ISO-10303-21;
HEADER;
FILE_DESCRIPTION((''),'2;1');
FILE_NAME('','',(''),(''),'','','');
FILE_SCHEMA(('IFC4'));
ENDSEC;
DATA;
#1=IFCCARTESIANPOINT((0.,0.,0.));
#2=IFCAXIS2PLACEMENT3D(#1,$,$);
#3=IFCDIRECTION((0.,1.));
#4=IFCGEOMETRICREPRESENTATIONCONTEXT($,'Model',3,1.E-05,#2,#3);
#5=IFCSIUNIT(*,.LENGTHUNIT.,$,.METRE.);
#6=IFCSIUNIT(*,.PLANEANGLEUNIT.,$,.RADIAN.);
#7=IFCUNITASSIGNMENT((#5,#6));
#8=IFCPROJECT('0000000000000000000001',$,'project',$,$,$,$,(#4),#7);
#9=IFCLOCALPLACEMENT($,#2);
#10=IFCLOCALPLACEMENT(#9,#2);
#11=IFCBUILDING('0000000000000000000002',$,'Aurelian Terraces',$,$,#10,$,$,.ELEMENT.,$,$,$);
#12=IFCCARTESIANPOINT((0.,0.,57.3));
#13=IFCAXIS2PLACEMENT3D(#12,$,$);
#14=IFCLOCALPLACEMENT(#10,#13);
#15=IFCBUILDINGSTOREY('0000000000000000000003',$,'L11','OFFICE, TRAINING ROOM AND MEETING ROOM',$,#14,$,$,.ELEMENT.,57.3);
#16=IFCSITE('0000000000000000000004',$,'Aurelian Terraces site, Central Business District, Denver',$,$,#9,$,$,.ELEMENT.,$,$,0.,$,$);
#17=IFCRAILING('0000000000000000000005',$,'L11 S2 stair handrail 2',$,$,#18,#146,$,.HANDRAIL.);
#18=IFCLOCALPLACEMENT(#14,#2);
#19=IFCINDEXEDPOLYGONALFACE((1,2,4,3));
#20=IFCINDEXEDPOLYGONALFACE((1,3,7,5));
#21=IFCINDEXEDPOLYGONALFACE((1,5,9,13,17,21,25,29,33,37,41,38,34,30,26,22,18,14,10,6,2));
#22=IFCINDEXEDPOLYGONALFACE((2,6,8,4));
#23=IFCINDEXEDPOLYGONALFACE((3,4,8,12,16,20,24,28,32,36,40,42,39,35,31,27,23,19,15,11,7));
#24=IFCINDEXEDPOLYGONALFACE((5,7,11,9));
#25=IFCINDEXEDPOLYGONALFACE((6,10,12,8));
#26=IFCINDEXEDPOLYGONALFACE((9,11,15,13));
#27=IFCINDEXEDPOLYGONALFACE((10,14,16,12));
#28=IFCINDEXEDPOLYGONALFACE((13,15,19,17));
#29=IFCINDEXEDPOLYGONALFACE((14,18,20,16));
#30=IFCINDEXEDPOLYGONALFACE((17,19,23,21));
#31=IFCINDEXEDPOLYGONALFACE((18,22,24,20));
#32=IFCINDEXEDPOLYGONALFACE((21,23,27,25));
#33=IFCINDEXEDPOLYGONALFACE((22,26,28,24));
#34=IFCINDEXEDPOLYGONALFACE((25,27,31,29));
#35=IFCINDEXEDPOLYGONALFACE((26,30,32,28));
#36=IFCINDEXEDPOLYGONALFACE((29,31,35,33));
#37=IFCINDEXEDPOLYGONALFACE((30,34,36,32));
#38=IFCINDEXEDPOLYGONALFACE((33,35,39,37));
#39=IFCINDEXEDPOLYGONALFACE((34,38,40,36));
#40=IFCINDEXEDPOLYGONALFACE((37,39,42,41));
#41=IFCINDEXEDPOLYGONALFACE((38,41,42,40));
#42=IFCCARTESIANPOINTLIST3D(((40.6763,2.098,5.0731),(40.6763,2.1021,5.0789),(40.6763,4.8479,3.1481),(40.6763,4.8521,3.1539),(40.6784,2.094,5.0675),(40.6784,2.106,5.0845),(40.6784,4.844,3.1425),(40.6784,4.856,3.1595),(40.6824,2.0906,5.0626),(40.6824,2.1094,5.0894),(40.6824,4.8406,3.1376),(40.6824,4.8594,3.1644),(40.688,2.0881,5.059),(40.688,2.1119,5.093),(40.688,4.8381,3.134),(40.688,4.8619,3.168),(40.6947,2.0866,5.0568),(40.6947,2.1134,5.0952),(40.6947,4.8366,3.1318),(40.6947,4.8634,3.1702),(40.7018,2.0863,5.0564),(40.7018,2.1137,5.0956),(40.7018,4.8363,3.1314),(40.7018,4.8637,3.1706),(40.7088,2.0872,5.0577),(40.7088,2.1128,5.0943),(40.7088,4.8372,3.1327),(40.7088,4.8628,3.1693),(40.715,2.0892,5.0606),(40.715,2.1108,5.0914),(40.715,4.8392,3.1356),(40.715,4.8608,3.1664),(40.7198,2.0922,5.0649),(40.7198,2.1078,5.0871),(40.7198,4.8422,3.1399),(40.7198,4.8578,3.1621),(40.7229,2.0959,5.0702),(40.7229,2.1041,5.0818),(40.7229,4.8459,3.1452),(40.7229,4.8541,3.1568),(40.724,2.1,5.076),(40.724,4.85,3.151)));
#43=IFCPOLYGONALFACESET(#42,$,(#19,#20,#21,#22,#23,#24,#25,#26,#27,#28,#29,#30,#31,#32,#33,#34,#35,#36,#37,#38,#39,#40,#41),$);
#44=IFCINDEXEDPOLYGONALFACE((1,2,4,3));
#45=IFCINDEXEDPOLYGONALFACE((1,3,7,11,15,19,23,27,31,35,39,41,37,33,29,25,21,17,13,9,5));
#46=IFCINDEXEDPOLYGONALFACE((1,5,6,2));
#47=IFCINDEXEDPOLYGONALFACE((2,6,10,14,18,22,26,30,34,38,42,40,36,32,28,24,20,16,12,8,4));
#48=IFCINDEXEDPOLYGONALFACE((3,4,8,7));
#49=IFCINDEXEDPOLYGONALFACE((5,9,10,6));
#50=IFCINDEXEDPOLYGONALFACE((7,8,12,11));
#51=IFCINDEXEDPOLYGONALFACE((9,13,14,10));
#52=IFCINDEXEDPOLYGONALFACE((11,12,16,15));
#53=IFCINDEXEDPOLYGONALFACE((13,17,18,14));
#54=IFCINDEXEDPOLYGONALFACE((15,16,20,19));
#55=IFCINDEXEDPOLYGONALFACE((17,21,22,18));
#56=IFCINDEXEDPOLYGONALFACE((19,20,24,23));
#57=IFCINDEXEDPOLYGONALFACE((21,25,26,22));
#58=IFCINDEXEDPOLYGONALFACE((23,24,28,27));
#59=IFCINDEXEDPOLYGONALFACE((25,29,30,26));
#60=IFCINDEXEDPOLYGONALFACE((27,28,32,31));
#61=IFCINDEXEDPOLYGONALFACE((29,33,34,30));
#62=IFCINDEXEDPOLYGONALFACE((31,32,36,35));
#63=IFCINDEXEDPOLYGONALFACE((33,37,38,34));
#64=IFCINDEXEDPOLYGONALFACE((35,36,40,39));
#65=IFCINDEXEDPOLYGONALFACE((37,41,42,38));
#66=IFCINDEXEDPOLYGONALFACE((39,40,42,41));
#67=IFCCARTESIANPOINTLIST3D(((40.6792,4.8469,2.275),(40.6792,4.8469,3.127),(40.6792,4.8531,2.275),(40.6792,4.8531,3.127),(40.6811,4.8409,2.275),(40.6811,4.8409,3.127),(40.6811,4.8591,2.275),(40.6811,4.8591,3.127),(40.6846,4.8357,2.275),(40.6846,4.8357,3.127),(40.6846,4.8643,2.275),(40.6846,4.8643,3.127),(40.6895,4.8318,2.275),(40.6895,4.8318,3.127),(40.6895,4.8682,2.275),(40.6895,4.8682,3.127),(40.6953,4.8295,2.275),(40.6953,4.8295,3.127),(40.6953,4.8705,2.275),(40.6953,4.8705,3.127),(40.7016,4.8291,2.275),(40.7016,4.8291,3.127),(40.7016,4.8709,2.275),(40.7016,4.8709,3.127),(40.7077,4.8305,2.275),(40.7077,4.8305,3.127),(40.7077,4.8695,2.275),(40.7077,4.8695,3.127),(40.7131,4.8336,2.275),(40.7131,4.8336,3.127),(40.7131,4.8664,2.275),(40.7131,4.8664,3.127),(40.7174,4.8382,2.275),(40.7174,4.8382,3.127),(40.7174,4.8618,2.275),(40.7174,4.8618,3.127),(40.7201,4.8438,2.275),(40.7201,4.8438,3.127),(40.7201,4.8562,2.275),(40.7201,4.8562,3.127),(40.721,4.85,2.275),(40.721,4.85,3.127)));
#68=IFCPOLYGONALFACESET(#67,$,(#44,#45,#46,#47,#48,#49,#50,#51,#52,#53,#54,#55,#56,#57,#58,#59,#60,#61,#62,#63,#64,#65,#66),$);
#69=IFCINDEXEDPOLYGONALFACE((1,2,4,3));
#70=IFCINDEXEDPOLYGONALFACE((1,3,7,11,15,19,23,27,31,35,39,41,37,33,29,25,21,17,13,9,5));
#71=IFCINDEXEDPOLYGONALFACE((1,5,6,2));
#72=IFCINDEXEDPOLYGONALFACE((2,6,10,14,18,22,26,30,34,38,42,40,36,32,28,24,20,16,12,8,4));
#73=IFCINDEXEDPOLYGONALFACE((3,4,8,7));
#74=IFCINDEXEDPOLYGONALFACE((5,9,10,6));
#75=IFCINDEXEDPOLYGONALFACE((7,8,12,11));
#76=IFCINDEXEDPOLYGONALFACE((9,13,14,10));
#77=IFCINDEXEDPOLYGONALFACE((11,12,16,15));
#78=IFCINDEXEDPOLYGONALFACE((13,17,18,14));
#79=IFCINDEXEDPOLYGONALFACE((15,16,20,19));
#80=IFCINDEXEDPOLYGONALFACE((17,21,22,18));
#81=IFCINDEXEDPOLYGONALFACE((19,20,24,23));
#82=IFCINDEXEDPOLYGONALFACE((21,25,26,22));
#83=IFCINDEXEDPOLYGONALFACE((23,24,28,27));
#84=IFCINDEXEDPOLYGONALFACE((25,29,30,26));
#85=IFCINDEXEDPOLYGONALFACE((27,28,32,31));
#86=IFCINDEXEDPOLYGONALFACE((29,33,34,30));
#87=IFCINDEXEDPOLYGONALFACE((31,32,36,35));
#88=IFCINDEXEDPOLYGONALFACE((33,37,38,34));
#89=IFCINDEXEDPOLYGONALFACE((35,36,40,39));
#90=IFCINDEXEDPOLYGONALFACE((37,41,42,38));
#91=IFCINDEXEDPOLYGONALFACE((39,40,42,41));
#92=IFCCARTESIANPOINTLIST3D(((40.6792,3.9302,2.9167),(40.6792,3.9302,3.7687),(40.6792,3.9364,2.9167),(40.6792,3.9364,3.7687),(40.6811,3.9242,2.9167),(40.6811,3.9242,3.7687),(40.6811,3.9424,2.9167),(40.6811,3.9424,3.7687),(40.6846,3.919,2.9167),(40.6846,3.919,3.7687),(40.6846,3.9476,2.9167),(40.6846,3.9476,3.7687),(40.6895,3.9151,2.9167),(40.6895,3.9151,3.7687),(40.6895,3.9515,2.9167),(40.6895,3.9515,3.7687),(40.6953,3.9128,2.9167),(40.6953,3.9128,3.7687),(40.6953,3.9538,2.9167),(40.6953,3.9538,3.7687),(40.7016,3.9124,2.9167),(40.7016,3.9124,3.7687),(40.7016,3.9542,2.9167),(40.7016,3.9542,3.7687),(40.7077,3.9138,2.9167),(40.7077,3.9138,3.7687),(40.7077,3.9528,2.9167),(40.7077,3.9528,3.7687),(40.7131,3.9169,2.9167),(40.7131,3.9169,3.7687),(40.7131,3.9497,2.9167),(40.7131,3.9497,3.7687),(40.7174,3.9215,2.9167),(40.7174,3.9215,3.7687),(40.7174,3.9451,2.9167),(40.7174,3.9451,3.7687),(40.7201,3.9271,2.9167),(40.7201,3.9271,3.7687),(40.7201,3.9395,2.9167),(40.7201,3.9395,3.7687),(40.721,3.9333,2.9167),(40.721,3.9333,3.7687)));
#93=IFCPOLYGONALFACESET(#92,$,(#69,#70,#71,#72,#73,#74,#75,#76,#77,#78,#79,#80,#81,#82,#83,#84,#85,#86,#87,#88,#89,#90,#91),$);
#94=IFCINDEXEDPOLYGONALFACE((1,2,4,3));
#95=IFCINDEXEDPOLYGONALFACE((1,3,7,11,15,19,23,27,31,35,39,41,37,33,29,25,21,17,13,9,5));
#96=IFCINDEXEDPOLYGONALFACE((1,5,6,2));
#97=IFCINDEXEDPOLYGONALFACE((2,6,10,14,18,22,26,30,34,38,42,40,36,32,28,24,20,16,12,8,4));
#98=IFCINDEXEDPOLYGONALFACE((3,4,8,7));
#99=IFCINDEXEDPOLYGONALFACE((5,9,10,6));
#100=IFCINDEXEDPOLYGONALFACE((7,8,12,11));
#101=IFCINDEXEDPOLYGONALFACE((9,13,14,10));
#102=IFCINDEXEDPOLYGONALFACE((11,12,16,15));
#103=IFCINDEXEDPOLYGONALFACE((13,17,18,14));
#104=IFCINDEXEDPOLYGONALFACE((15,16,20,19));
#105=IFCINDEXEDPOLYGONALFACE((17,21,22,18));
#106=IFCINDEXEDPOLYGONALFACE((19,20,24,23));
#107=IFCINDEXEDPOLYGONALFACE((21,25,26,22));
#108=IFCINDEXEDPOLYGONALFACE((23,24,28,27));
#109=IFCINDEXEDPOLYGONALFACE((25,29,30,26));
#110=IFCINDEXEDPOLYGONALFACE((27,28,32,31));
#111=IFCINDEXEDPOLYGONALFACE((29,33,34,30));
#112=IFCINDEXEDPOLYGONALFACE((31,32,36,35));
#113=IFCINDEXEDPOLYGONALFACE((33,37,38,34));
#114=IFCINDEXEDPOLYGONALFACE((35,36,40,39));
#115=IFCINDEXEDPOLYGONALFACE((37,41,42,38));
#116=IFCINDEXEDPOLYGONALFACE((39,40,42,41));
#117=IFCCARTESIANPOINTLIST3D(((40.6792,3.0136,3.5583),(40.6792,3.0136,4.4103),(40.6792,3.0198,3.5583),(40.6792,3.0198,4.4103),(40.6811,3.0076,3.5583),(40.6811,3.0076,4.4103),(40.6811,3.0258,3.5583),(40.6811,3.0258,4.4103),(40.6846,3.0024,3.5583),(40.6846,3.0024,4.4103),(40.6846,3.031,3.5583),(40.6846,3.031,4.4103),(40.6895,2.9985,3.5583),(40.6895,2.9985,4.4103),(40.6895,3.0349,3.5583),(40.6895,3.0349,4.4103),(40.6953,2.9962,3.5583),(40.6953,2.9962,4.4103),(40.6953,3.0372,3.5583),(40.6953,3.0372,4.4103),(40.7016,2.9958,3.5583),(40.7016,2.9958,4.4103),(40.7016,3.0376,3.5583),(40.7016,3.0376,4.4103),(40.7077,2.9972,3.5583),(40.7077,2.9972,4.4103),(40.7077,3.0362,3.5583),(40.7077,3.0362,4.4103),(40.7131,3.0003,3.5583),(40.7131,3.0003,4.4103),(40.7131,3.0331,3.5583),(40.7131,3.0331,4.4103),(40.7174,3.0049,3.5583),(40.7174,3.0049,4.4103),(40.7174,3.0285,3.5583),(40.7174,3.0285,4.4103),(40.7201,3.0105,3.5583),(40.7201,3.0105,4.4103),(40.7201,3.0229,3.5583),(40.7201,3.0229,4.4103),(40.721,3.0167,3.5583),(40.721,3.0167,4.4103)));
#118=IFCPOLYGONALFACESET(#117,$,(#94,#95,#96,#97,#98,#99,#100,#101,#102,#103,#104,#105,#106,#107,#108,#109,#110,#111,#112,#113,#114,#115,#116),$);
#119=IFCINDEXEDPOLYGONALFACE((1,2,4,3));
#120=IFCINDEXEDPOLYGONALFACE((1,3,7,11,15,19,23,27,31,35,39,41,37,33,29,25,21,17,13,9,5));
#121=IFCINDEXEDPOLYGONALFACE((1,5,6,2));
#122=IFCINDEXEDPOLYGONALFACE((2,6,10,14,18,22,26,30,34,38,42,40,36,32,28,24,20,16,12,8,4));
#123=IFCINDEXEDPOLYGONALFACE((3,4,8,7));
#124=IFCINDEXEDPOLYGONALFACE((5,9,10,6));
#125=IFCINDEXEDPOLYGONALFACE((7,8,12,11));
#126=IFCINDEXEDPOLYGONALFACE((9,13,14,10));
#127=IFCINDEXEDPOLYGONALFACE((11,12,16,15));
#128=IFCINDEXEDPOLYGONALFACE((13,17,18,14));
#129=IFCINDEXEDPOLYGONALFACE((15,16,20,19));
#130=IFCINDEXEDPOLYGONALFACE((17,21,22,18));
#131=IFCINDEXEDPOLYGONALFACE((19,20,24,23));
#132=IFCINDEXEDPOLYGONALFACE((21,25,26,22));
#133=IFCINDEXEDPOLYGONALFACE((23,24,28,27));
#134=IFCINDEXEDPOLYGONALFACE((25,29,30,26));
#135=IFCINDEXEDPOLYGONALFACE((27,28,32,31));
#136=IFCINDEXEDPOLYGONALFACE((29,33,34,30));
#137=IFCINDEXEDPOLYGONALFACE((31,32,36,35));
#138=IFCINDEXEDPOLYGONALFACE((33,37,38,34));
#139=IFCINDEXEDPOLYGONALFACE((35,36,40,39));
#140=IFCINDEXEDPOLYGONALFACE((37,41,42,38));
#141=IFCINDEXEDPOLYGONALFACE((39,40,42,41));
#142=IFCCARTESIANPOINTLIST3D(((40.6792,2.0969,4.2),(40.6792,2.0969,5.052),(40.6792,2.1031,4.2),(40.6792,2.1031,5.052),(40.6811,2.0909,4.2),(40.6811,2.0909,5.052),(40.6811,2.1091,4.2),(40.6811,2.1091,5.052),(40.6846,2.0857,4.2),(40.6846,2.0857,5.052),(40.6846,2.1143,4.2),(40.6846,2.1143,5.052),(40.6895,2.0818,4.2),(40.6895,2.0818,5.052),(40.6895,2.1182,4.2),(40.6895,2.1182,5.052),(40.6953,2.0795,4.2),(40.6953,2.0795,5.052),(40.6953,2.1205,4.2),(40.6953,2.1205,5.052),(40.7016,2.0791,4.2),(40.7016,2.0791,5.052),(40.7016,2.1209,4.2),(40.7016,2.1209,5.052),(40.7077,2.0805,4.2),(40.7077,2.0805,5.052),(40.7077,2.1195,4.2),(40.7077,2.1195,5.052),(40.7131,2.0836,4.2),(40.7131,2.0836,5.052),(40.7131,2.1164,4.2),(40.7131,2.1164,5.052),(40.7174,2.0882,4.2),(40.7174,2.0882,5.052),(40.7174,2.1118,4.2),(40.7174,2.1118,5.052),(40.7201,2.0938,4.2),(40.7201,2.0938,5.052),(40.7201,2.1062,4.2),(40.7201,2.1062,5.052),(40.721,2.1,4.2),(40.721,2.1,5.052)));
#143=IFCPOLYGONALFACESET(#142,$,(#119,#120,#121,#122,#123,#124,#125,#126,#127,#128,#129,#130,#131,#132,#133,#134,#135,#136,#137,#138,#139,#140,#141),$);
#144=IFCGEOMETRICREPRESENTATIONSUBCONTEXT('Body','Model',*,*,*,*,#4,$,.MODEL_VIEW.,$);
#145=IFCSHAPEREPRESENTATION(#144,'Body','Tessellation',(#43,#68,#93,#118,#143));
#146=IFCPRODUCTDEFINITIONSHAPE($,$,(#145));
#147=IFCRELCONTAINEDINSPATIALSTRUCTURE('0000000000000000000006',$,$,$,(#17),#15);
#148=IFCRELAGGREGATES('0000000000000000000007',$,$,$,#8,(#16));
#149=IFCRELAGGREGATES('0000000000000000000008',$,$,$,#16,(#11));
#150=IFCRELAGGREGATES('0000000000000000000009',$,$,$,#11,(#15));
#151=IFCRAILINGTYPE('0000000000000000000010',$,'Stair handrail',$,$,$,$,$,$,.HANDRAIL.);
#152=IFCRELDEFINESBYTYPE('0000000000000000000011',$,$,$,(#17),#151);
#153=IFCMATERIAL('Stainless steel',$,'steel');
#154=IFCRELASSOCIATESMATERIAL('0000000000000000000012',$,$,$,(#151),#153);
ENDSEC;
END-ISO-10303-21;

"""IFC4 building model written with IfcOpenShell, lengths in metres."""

from ifc_helpers import new_model, si_unit, direction, frame, origin, origin_2d, place, context, subcontext, project, spatial, circle, extrude, source, transform, mapped, material, type_object, element, save


model = new_model("IFC4")

# Units and contexts
model_context = context("Model", 3, precision=1e-05, world=origin(), true_north=direction((0.0, 1.0)))
body_context = subcontext(model_context, "Body", "Model", "MODEL_VIEW")
ifc_project = project(units=[si_unit("LENGTHUNIT", "METRE"), si_unit("PLANEANGLEUNIT", "RADIAN")], contexts=[model_context])

# Site, building, storey
site_placement = place(None, origin())
site = spatial("IfcSite", under=ifc_project, at=site_placement, Name="Aurelian Terraces site, Central Business District, Denver", CompositionType="ELEMENT", RefElevation=0.0)
building_placement = place(site_placement, origin())
building = spatial("IfcBuilding", under=site, at=building_placement, Name="Aurelian Terraces", CompositionType="ELEMENT")
storey_placement = place(building_placement, frame((0.0, 0.0, 57.3)))
storey = spatial("IfcBuildingStorey", under=building, at=storey_placement, Name="L11", Description="OFFICE, TRAINING ROOM AND MEETING ROOM", CompositionType="ELEMENT", Elevation=57.3)

# Railing
ifc_material_1 = material(Name="Stainless steel", Category="steel")
railing_type_1 = type_object("IfcRailingType", Name="Stair handrail", PredefinedType="HANDRAIL", material=ifc_material_1)
shared_shape_1 = source(origin(), body_context, "Body", "SweptSolid", [
    extrude(circle(Radius=0.024, at=origin_2d()), frame((0.0, 0.0, 0.876), z_axis=(0.0, -0.819232, 0.573462), x_axis=(1.0, 0.0, 0.0)), (0.0, 0.0, 1.0), 3.3568),
    extrude(circle(Radius=0.021, at=origin_2d()), origin(), (0.0, 0.0, 1.0), 0.852),
    extrude(circle(Radius=0.021, at=origin_2d()), frame((0.0, -0.9167, 0.6417)), (0.0, 0.0, 1.0), 0.852),
    extrude(circle(Radius=0.021, at=origin_2d()), frame((0.0, -1.8333, 1.2833)), (0.0, 0.0, 1.0), 0.852),
    extrude(circle(Radius=0.021, at=origin_2d()), frame((0.0, -2.75, 1.925)), (0.0, 0.0, 1.0), 0.852),
])
railing_1_placement = place(storey_placement, frame((40.7, 4.85, 2.275)))
element("IfcRailing", 1, at=railing_1_placement, inside=storey, type_object=railing_type_1, Name="L11 S2 stair handrail 2", PredefinedType="HANDRAIL", context=body_context, shape_type="MappedRepresentation", body=[
    mapped(shared_shape_1, transform((0.0, 0.0, 0.0), scale=1.0)),
])

save(model, "model.ifc")
